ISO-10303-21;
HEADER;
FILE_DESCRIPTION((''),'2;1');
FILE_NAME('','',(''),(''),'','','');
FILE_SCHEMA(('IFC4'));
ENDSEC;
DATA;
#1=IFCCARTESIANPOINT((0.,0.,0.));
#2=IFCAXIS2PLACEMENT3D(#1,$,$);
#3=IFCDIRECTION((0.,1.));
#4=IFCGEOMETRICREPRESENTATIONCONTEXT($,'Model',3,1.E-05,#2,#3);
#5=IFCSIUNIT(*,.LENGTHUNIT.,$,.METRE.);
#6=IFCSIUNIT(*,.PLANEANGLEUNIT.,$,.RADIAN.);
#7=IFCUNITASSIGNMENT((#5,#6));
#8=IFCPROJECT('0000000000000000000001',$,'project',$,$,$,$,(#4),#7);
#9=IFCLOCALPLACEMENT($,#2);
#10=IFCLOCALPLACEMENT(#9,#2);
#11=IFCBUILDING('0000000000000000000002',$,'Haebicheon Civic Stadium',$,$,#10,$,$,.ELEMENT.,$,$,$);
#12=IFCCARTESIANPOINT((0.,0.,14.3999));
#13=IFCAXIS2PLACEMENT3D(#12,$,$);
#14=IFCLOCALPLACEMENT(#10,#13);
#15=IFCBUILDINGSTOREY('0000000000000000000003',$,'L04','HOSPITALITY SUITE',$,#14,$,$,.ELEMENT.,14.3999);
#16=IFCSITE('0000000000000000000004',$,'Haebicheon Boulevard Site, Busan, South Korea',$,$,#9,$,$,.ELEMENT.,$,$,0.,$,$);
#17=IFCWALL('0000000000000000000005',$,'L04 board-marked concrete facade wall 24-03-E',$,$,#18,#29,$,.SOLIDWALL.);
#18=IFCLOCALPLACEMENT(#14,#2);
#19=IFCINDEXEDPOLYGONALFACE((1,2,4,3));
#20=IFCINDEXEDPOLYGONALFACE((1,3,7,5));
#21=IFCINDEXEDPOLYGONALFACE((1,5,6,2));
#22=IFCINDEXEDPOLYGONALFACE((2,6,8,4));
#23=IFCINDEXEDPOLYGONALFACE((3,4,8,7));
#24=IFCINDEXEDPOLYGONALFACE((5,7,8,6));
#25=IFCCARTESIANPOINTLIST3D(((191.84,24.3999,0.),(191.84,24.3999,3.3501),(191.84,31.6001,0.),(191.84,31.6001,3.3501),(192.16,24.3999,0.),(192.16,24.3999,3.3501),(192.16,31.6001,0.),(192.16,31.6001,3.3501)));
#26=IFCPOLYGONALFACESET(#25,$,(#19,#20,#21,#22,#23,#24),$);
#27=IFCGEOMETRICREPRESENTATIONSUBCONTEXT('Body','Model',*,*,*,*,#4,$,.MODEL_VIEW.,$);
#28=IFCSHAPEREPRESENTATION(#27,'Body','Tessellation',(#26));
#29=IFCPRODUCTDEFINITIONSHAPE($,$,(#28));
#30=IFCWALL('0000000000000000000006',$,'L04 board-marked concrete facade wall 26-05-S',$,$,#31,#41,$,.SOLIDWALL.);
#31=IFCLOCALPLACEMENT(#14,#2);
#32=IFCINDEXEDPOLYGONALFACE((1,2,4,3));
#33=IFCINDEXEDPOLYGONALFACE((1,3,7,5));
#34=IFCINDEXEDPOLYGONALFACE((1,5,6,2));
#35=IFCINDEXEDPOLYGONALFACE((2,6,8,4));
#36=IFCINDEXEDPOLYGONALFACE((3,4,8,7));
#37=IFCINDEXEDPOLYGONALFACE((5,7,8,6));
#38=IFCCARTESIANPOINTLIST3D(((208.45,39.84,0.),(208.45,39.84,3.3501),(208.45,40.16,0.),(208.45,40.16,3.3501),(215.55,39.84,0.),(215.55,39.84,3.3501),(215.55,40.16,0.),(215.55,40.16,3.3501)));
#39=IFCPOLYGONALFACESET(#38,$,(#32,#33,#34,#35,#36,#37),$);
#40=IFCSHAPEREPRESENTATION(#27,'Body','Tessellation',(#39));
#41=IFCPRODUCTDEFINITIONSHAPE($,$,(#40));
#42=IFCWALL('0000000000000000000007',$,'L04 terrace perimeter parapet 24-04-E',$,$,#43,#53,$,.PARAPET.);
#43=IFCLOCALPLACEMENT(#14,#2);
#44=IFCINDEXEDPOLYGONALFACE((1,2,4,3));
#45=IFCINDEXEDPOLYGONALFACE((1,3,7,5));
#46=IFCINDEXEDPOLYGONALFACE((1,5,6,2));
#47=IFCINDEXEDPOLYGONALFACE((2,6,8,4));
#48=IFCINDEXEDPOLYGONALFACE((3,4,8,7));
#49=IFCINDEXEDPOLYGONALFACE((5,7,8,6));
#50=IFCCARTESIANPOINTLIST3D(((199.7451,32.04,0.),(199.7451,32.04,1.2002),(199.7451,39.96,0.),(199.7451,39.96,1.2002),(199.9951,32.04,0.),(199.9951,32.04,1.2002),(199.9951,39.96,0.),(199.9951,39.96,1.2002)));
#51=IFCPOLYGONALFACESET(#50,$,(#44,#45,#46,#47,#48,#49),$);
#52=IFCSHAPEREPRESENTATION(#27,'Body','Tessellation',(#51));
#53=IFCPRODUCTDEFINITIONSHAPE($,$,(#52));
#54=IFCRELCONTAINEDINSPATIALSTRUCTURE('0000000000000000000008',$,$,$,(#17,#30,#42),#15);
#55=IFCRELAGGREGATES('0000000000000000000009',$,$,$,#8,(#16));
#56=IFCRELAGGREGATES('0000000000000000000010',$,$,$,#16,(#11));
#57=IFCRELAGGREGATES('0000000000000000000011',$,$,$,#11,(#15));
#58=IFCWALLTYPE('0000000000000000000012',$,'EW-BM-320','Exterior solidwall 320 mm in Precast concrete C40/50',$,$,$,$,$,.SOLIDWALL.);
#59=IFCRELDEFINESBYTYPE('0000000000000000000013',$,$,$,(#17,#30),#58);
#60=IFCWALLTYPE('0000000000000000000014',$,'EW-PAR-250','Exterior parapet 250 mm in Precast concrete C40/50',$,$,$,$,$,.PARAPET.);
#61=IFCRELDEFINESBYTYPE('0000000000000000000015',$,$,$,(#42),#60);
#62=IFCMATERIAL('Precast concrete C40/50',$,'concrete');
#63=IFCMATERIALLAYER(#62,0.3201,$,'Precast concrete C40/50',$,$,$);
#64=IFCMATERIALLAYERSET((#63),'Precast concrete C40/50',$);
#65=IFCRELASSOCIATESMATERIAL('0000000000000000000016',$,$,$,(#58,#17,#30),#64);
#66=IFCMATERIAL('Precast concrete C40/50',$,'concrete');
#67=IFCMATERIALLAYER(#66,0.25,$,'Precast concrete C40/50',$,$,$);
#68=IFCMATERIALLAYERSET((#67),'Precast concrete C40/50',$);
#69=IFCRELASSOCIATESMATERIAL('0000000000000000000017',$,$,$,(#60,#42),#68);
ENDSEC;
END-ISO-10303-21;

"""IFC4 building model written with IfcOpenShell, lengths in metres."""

from ifc_helpers import new_model, si_unit, direction, frame, frame_2d, origin, place, context, subcontext, project, spatial, rectangle, extrude, material, layer, layer_set, type_object, element, save


model = new_model("IFC4")

# Units and contexts
model_context = context("Model", 3, precision=1e-05, world=origin(), true_north=direction((0.0, 1.0)))
body_context = subcontext(model_context, "Body", "Model", "MODEL_VIEW")
ifc_project = project(units=[si_unit("LENGTHUNIT", "METRE"), si_unit("PLANEANGLEUNIT", "RADIAN")], contexts=[model_context])

# Site, building, storey
site_placement = place(None, origin())
site = spatial("IfcSite", under=ifc_project, at=site_placement, Name="Haebicheon Boulevard Site, Busan, South Korea", CompositionType="ELEMENT", RefElevation=0.0)
building_placement = place(site_placement, origin())
building = spatial("IfcBuilding", under=site, at=building_placement, Name="Haebicheon Civic Stadium", CompositionType="ELEMENT")
storey_placement = place(building_placement, frame((0.0, 0.0, 14.3999)))
storey = spatial("IfcBuildingStorey", under=building, at=storey_placement, Name="L04", Description="HOSPITALITY SUITE", CompositionType="ELEMENT", Elevation=14.3999)

# Walls
ifc_material_1 = material(Name="Precast concrete C40/50", Category="concrete")
ifc_layer_1 = layer(ifc_material_1, 0.3201, Name="Precast concrete C40/50")
ifc_layer_set_1 = layer_set([ifc_layer_1], Name="Precast concrete C40/50")
wall_type_1 = type_object("IfcWallType", Name="EW-BM-320", Description="Exterior solidwall 320 mm in Precast concrete C40/50", PredefinedType="SOLIDWALL", material=ifc_layer_set_1)
wall_1_placement = place(storey_placement, frame((192.0, 24.3999, 0.0), z_axis=(0.0, 0.0, 1.0), x_axis=(0.0, 1.0, 0.0)))
element("IfcWall", 1, at=wall_1_placement, inside=storey, type_object=wall_type_1, material=ifc_layer_set_1, Name="L04 board-marked concrete facade wall 24-03-E", PredefinedType="SOLIDWALL", context=body_context, shape_type="SweptSolid", body=[
    extrude(rectangle(XDim=7.2002, YDim=0.3201, at=frame_2d((3.6001, 0.0))), origin(), (0.0, 0.0, 1.0), 3.3501),
])
wall_2_placement = place(storey_placement, frame((208.45, 40.0, 0.0), z_axis=(0.0, 0.0, 1.0), x_axis=(1.0, 0.0, 0.0)))
element("IfcWall", 2, at=wall_2_placement, inside=storey, type_object=wall_type_1, material=ifc_layer_set_1, Name="L04 board-marked concrete facade wall 26-05-S", PredefinedType="SOLIDWALL", context=body_context, shape_type="SweptSolid", body=[
    extrude(rectangle(XDim=7.1001, YDim=0.3201, at=frame_2d((3.55, 0.0))), origin(), (0.0, 0.0, 1.0), 3.3501),
])
ifc_material_2 = material(Name="Precast concrete C40/50", Category="concrete")
ifc_layer_2 = layer(ifc_material_2, 0.25, Name="Precast concrete C40/50")
ifc_layer_set_2 = layer_set([ifc_layer_2], Name="Precast concrete C40/50")
wall_type_2 = type_object("IfcWallType", Name="EW-PAR-250", Description="Exterior parapet 250 mm in Precast concrete C40/50", PredefinedType="PARAPET", material=ifc_layer_set_2)
wall_3_placement = place(storey_placement, frame((199.8701, 32.04, 0.0), z_axis=(0.0, 0.0, 1.0), x_axis=(0.0, 1.0, 0.0)))
element("IfcWall", 3, at=wall_3_placement, inside=storey, type_object=wall_type_2, material=ifc_layer_set_2, Name="L04 terrace perimeter parapet 24-04-E", PredefinedType="PARAPET", context=body_context, shape_type="SweptSolid", body=[
    extrude(rectangle(XDim=7.9199, YDim=0.25, at=frame_2d((3.96, 0.0))), origin(), (0.0, 0.0, 1.0), 1.2002),
])

save(model, "model.ifc")
